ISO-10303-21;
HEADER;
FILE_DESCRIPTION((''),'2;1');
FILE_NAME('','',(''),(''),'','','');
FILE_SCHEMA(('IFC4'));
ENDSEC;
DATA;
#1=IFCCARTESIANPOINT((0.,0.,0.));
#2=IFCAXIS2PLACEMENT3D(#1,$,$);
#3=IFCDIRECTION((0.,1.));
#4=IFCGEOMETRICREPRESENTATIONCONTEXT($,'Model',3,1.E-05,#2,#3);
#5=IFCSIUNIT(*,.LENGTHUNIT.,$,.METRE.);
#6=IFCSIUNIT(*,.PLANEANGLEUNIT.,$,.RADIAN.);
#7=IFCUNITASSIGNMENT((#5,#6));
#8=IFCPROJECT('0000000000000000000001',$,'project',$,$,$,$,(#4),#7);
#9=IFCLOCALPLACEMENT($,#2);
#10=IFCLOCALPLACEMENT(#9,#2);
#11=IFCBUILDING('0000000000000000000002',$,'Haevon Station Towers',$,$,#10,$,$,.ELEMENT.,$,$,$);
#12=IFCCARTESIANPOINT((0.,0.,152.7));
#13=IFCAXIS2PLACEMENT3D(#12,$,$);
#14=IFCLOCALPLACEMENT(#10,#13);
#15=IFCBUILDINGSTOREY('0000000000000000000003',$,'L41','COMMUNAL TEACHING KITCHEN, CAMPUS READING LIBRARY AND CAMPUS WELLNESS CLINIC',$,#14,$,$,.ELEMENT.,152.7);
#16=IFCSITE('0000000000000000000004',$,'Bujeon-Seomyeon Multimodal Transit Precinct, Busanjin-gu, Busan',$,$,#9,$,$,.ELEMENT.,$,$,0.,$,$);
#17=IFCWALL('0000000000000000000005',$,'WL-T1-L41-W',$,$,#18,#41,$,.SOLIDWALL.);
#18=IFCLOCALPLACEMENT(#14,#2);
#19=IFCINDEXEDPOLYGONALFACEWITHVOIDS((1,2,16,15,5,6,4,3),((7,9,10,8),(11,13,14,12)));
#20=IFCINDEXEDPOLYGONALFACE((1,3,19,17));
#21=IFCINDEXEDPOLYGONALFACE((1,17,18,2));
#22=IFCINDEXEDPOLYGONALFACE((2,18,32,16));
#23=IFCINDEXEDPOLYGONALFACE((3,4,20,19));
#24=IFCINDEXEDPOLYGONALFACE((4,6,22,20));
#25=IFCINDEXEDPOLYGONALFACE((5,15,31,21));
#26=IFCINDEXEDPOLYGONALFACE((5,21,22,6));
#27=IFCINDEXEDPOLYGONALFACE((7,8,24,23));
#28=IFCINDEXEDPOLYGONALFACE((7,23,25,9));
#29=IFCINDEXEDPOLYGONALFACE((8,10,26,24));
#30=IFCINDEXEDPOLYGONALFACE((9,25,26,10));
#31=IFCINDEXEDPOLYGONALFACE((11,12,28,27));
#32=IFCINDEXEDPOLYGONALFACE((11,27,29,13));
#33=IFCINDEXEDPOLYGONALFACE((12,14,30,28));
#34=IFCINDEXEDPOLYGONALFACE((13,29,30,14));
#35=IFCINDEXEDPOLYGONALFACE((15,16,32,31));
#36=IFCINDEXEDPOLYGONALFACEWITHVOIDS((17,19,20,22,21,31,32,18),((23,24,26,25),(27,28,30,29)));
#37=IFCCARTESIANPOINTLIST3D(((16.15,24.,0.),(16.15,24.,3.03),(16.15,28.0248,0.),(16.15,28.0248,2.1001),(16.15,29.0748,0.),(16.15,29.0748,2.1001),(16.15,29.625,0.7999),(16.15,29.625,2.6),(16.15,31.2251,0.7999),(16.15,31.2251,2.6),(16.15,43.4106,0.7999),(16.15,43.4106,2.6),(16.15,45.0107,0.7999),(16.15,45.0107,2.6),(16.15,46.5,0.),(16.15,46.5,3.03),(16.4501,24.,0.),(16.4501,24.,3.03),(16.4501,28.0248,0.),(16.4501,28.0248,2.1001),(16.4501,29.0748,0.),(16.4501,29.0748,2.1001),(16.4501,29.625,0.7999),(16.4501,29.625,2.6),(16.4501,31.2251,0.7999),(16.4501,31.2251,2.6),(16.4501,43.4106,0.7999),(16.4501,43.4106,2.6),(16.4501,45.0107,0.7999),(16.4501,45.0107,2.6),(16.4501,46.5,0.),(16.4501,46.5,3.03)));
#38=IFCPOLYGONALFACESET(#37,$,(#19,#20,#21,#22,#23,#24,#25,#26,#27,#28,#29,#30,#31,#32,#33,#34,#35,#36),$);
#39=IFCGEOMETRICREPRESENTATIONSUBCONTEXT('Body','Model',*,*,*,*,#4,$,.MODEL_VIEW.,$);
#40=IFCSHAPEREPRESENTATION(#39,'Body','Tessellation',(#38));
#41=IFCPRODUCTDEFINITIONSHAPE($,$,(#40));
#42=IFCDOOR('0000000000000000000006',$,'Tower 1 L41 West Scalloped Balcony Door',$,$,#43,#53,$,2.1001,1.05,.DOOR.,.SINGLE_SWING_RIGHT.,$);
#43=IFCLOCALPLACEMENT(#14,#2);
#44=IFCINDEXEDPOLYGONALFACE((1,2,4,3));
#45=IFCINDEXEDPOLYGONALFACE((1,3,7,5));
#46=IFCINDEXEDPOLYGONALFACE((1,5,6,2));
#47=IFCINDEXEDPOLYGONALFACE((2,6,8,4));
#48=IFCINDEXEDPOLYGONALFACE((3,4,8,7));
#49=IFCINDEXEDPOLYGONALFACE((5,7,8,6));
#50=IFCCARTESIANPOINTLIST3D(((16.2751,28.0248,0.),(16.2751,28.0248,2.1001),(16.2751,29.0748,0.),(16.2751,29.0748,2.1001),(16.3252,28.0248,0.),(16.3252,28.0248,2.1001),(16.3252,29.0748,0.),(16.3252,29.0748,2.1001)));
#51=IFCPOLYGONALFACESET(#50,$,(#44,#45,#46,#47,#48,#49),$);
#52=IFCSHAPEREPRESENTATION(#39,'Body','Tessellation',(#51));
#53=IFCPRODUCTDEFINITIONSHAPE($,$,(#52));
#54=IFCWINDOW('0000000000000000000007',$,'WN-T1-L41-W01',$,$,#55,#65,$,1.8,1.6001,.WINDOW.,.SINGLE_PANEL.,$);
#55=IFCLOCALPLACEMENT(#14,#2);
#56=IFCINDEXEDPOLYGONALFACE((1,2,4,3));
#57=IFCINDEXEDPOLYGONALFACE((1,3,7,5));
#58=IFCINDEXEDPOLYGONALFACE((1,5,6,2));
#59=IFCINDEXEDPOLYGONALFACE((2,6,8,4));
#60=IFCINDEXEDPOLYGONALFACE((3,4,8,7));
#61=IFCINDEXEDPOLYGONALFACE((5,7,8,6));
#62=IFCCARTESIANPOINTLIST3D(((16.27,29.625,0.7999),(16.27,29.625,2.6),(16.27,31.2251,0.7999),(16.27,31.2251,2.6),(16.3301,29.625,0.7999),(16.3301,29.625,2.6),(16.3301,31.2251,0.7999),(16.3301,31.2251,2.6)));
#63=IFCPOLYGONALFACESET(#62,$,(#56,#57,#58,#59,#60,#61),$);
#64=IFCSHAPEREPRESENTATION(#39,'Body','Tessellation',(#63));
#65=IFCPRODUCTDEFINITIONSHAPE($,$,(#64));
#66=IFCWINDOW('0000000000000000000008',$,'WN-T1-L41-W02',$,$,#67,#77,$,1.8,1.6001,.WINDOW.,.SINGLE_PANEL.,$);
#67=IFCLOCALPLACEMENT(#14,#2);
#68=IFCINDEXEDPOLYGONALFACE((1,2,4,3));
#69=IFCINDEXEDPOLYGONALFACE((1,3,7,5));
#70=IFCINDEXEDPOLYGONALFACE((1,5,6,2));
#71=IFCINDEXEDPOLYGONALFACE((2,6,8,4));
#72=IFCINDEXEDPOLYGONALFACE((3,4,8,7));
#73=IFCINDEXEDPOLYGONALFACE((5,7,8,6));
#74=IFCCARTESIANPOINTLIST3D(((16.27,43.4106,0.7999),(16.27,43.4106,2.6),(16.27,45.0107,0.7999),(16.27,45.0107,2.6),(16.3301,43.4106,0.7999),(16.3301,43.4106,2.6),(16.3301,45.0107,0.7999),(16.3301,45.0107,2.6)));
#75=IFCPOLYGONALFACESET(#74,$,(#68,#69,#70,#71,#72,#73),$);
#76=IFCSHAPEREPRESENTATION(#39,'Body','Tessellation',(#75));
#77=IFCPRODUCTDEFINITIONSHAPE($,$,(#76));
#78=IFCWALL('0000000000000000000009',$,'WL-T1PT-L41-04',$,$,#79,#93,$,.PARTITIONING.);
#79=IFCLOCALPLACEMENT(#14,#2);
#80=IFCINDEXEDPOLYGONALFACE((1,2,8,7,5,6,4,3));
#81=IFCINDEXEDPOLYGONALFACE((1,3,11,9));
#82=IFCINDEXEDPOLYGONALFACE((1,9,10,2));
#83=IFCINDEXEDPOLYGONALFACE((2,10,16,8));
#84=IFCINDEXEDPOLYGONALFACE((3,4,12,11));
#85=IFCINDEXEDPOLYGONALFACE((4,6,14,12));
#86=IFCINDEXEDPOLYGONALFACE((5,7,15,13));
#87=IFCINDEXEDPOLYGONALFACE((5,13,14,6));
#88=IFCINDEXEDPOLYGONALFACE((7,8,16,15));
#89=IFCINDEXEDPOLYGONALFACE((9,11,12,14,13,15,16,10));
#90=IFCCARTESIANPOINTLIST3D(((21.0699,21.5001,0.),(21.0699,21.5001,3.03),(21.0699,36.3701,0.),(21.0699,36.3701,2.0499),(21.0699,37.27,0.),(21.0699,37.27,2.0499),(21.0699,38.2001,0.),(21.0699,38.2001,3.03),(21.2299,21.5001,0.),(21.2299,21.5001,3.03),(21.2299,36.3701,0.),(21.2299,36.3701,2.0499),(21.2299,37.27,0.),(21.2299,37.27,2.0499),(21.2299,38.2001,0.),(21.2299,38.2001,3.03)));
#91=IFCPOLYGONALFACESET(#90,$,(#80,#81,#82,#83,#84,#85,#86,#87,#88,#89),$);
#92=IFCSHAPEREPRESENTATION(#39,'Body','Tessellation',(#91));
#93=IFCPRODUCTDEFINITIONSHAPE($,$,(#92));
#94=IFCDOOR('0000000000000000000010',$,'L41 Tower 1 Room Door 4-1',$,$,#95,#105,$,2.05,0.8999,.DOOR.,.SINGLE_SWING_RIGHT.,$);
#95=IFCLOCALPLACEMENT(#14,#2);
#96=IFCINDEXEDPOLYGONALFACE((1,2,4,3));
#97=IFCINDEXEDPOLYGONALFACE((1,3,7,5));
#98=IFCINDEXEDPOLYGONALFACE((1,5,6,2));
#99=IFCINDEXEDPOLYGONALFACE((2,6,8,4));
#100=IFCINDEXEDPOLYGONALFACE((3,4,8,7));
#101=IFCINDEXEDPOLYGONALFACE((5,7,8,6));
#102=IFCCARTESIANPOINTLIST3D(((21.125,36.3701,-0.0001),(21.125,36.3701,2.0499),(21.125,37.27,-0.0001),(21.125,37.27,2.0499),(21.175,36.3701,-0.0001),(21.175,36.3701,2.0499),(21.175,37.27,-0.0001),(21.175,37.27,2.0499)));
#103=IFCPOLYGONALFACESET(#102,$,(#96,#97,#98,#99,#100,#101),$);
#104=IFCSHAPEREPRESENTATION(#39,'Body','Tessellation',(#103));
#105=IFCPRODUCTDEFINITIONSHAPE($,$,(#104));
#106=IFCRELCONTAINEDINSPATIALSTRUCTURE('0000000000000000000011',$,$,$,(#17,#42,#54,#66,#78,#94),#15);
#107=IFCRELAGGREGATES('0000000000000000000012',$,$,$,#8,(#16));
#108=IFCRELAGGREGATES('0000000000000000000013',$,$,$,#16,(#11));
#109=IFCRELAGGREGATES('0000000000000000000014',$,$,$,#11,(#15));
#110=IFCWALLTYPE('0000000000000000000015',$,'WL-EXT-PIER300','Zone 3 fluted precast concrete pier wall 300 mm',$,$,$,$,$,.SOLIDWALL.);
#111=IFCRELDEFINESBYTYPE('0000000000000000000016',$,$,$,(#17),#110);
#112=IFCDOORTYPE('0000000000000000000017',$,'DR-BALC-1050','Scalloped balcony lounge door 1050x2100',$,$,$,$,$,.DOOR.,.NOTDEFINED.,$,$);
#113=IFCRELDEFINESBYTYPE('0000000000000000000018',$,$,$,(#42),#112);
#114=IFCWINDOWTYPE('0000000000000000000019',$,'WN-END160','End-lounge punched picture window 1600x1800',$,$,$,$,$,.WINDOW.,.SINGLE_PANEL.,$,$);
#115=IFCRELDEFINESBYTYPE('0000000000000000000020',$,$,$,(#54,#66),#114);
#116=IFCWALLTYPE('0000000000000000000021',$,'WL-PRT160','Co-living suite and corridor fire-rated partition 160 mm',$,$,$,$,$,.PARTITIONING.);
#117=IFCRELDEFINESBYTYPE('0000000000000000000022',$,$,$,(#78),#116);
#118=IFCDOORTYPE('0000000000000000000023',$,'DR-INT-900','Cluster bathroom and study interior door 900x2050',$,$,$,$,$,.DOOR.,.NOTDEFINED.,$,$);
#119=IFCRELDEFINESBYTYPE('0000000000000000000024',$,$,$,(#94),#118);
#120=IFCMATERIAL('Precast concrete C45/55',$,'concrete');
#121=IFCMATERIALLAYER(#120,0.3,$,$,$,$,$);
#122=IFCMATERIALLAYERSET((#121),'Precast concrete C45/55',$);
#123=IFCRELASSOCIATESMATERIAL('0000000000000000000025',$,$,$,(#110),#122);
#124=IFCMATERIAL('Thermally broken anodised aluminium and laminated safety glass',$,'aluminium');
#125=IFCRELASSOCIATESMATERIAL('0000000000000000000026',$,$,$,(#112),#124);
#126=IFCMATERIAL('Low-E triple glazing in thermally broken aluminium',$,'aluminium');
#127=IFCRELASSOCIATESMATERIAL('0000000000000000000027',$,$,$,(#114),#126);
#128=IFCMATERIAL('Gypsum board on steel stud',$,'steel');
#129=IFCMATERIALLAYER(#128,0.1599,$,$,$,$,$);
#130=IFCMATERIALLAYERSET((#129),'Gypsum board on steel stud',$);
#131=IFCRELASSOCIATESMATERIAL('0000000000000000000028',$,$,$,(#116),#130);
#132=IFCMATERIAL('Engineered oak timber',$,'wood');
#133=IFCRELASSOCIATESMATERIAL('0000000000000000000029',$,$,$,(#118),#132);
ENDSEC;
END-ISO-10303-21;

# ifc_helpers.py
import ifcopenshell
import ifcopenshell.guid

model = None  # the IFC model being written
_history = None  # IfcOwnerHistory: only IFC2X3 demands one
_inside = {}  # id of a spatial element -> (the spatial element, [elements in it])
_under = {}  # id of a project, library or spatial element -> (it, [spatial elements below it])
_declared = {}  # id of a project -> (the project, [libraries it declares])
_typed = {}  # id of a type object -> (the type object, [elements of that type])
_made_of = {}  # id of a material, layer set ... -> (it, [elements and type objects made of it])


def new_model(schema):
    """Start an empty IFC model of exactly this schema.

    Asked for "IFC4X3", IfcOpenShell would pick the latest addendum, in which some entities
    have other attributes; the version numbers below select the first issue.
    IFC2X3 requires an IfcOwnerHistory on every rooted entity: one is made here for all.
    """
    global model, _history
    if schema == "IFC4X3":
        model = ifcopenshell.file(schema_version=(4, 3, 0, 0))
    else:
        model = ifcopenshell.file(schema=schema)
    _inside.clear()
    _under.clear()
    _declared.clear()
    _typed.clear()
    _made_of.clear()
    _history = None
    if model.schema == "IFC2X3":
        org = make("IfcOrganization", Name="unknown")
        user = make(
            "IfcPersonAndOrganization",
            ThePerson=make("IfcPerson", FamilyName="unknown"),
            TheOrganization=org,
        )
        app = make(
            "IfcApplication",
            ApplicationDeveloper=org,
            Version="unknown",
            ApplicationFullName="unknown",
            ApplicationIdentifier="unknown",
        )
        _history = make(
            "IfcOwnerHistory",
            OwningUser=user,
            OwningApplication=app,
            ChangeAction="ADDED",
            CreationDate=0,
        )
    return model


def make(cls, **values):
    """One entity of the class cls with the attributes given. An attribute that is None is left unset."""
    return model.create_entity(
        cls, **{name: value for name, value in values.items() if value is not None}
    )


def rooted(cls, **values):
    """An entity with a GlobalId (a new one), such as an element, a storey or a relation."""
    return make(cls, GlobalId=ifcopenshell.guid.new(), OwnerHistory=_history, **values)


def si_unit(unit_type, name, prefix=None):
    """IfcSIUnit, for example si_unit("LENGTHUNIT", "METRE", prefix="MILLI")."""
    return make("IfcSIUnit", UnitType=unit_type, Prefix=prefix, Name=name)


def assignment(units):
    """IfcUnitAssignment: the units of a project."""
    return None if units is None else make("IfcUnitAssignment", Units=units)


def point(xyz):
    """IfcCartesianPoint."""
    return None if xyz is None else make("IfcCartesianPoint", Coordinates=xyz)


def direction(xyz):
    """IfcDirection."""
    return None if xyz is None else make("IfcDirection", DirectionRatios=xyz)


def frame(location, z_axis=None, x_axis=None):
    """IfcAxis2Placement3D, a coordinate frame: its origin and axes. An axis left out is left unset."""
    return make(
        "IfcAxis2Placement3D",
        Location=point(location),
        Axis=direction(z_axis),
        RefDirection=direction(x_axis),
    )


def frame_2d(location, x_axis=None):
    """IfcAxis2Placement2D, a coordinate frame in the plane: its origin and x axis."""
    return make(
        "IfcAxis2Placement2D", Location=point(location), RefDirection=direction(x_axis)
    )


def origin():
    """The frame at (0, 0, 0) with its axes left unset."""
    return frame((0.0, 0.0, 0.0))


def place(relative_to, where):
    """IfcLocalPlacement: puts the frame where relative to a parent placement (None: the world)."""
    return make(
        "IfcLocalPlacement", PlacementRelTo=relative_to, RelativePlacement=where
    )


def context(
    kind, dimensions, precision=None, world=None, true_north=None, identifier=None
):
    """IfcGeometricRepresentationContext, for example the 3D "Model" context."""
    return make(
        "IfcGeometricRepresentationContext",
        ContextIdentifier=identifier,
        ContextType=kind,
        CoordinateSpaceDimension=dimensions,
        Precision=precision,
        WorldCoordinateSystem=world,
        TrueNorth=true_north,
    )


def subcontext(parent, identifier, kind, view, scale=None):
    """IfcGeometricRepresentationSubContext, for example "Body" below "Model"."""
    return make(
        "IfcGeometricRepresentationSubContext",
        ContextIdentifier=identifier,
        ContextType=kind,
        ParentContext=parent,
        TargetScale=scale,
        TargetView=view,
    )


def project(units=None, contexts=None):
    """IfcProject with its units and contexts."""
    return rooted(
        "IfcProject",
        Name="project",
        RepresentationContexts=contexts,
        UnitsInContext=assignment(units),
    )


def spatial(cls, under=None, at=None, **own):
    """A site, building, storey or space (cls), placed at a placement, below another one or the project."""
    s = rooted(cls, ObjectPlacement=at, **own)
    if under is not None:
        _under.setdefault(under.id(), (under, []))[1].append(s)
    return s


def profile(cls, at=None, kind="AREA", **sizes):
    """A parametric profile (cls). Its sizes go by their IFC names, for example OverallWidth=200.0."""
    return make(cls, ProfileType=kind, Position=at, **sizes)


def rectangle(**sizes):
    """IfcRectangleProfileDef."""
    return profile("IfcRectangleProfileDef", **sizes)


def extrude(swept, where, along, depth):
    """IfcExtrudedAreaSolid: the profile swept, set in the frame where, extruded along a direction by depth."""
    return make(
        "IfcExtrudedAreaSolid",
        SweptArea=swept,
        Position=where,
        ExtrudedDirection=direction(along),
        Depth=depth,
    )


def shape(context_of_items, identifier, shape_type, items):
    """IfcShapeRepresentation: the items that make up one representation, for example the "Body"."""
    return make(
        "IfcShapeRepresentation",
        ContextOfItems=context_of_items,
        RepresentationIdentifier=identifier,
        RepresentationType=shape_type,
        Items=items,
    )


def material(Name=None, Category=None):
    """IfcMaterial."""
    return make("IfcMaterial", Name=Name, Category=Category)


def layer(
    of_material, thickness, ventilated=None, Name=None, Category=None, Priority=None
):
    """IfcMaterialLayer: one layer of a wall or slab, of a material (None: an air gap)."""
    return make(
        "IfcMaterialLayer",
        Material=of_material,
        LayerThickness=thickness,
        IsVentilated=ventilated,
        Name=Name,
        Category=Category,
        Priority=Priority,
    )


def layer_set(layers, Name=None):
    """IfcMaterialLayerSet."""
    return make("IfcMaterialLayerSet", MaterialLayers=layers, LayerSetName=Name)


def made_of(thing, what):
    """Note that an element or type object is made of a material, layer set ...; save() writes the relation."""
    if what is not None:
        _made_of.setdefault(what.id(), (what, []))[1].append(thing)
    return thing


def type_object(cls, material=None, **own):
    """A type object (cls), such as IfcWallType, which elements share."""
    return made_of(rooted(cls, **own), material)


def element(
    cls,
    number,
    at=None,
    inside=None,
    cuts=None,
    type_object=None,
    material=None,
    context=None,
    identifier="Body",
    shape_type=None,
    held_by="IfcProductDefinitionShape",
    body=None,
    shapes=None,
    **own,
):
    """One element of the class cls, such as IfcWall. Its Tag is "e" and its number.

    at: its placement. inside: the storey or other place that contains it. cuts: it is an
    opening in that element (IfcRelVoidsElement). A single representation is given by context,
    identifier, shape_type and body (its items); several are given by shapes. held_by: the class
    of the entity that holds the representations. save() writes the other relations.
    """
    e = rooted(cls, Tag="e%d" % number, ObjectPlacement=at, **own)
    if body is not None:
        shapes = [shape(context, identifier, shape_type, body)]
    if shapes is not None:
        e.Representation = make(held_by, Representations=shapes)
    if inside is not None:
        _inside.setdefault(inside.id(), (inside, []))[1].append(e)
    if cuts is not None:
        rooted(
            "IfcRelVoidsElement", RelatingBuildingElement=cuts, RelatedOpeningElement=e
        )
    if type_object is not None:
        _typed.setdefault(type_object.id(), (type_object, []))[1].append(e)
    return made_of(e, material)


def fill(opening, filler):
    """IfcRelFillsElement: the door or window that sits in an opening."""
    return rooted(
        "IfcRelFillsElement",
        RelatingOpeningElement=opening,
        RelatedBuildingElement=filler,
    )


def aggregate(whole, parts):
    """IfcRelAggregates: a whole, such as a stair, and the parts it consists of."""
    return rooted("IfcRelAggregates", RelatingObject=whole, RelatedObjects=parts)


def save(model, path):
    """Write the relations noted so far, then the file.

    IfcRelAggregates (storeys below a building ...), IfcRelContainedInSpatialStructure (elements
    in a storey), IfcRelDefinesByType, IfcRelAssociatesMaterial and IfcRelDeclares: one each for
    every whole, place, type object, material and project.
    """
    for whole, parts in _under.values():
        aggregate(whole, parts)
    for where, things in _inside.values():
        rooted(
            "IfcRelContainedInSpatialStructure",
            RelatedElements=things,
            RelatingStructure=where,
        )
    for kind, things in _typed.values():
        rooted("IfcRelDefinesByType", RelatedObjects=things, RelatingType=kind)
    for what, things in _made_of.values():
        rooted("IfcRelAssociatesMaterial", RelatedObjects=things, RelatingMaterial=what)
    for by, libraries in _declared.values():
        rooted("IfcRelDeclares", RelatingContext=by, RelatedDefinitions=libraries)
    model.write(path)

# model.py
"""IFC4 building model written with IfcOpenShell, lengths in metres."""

from ifc_helpers import new_model, si_unit, direction, frame, frame_2d, origin, place, context, subcontext, project, spatial, rectangle, extrude, material, layer, layer_set, type_object, element, fill, save


model = new_model("IFC4")

# Units and contexts
model_context = context("Model", 3, precision=1e-05, world=origin(), true_north=direction((0.0, 1.0)))
body_context = subcontext(model_context, "Body", "Model", "MODEL_VIEW")
ifc_project = project(units=[si_unit("LENGTHUNIT", "METRE"), si_unit("PLANEANGLEUNIT", "RADIAN")], contexts=[model_context])

# Site, building, storey
site_placement = place(None, origin())
site = spatial("IfcSite", under=ifc_project, at=site_placement, Name="Bujeon-Seomyeon Multimodal Transit Precinct, Busanjin-gu, Busan", CompositionType="ELEMENT", RefElevation=0.0)
building_placement = place(site_placement, origin())
building = spatial("IfcBuilding", under=site, at=building_placement, Name="Haevon Station Towers", CompositionType="ELEMENT")
storey_placement = place(building_placement, frame((0.0, 0.0, 152.7)))
storey = spatial("IfcBuildingStorey", under=building, at=storey_placement, Name="L41", Description="COMMUNAL TEACHING KITCHEN, CAMPUS READING LIBRARY AND CAMPUS WELLNESS CLINIC", CompositionType="ELEMENT", Elevation=152.7)

# Shared definitions
ifc_material_1 = material(Name="Gypsum board on steel stud", Category="steel")
ifc_material_2 = material(Name="Precast concrete C45/55", Category="concrete")
ifc_layer_1 = layer(ifc_material_2, 0.3)
ifc_layer_set_1 = layer_set([ifc_layer_1], Name="Precast concrete C45/55")
wall_type_1 = type_object("IfcWallType", Name="WL-EXT-PIER300", Description="Zone 3 fluted precast concrete pier wall 300 mm", PredefinedType="SOLIDWALL", material=ifc_layer_set_1)

# Wall, openings, door, windows
wall_1_placement = place(storey_placement, frame((16.3, 24.0, 0.0), z_axis=(0.0, 0.0, 1.0), x_axis=(0.0, 1.0, 0.0)))
wall_1 = element("IfcWall", 1, at=wall_1_placement, inside=storey, type_object=wall_type_1, Name="WL-T1-L41-W", PredefinedType="SOLIDWALL", context=body_context, shape_type="SweptSolid", body=[
    extrude(rectangle(XDim=22.5, YDim=0.3, at=frame_2d((11.25, 0.0))), origin(), (0.0, 0.0, 1.0), 3.03),
])
opening_1_placement = place(wall_1_placement, frame((4.0249, 0.0, 0.0)))
opening_1 = element("IfcOpeningElement", 2, at=opening_1_placement, cuts=wall_1, PredefinedType="OPENING", context=body_context, shape_type="SweptSolid", body=[
    extrude(rectangle(XDim=1.05, YDim=2.1001, at=frame_2d((0.5249, 1.05))), frame((0.0, 0.1599, 0.0), z_axis=(0.0, -1.0, 0.0), x_axis=(1.0, 0.0, 0.0)), (0.0, 0.0, 1.0), 0.3201),
])
opening_2_placement = place(wall_1_placement, frame((5.625, 0.0, 0.8)))
opening_2 = element("IfcOpeningElement", 3, at=opening_2_placement, cuts=wall_1, PredefinedType="OPENING", context=body_context, shape_type="SweptSolid", body=[
    extrude(rectangle(XDim=1.6001, YDim=1.8, at=frame_2d((0.8, 0.8999))), frame((0.0, 0.1599, 0.0), z_axis=(0.0, -1.0, 0.0), x_axis=(1.0, 0.0, 0.0)), (0.0, 0.0, 1.0), 0.3201),
])
opening_3_placement = place(wall_1_placement, frame((19.4106, 0.0, 0.8)))
opening_3 = element("IfcOpeningElement", 4, at=opening_3_placement, cuts=wall_1, PredefinedType="OPENING", context=body_context, shape_type="SweptSolid", body=[
    extrude(rectangle(XDim=1.6001, YDim=1.8, at=frame_2d((0.8, 0.8999))), frame((0.0, 0.1599, 0.0), z_axis=(0.0, -1.0, 0.0), x_axis=(1.0, 0.0, 0.0)), (0.0, 0.0, 1.0), 0.3201),
])
ifc_material_3 = material(Name="Thermally broken anodised aluminium and laminated safety glass", Category="aluminium")
door_type_1 = type_object("IfcDoorType", Name="DR-BALC-1050", Description="Scalloped balcony lounge door 1050x2100", OperationType="NOTDEFINED", PredefinedType="DOOR", material=ifc_material_3)
door_1_placement = place(opening_1_placement, origin())
door_1 = element("IfcDoor", 5, at=door_1_placement, inside=storey, type_object=door_type_1, Name="Tower 1 L41 West Scalloped Balcony Door", OperationType="SINGLE_SWING_RIGHT", OverallHeight=2.1001, OverallWidth=1.05, PredefinedType="DOOR", context=body_context, shape_type="SweptSolid", body=[
    extrude(rectangle(XDim=1.05, YDim=2.1001, at=frame_2d((0.5249, 1.05))), frame((0.0, 0.0249, 0.0), z_axis=(0.0, -1.0, 0.0), x_axis=(1.0, 0.0, 0.0)), (0.0, 0.0, 1.0), 0.05),
])
fill(opening_1, door_1)
ifc_material_4 = material(Name="Low-E triple glazing in thermally broken aluminium", Category="aluminium")
window_type = type_object("IfcWindowType", Name="WN-END160", Description="End-lounge punched picture window 1600x1800", PartitioningType="SINGLE_PANEL", PredefinedType="WINDOW", material=ifc_material_4)
window_1_placement = place(opening_2_placement, origin())
window_1 = element("IfcWindow", 6, at=window_1_placement, inside=storey, type_object=window_type, Name="WN-T1-L41-W01", OverallHeight=1.8, OverallWidth=1.6001, PartitioningType="SINGLE_PANEL", PredefinedType="WINDOW", context=body_context, shape_type="SweptSolid", body=[
    extrude(rectangle(XDim=1.6001, YDim=1.8, at=frame_2d((0.8, 0.8999))), frame((0.0, 0.03, 0.0), z_axis=(0.0, -1.0, 0.0), x_axis=(1.0, 0.0, 0.0)), (0.0, 0.0, 1.0), 0.0601),
])
fill(opening_2, window_1)
window_2_placement = place(opening_3_placement, origin())
window_2 = element("IfcWindow", 7, at=window_2_placement, inside=storey, type_object=window_type, Name="WN-T1-L41-W02", OverallHeight=1.8, OverallWidth=1.6001, PartitioningType="SINGLE_PANEL", PredefinedType="WINDOW", context=body_context, shape_type="SweptSolid", body=[
    extrude(rectangle(XDim=1.6001, YDim=1.8, at=frame_2d((0.8, 0.8999))), frame((0.0, 0.03, 0.0), z_axis=(0.0, -1.0, 0.0), x_axis=(1.0, 0.0, 0.0)), (0.0, 0.0, 1.0), 0.0601),
])
fill(opening_3, window_2)

# Wall, opening, door
ifc_layer_2 = layer(ifc_material_1, 0.1599)
ifc_layer_set_2 = layer_set([ifc_layer_2], Name="Gypsum board on steel stud")
wall_type_2 = type_object("IfcWallType", Name="WL-PRT160", Description="Co-living suite and corridor fire-rated partition 160 mm", PredefinedType="PARTITIONING", material=ifc_layer_set_2)
wall_2_placement = place(storey_placement, frame((21.1499, 21.5, 0.0), z_axis=(0.0, 0.0, 1.0), x_axis=(0.0, 1.0, 0.0)))
wall_2 = element("IfcWall", 8, at=wall_2_placement, inside=storey, type_object=wall_type_2, Name="WL-T1PT-L41-04", PredefinedType="PARTITIONING", context=body_context, shape_type="SweptSolid", body=[
    extrude(rectangle(XDim=16.7, YDim=0.1599, at=frame_2d((8.3501, 0.0))), origin(), (0.0, 0.0, 1.0), 3.03),
])
opening_4_placement = place(wall_2_placement, frame((14.8701, 0.0, 0.0)))
opening_4 = element("IfcOpeningElement", 9, at=opening_4_placement, cuts=wall_2, PredefinedType="OPENING", context=body_context, shape_type="SweptSolid", body=[
    extrude(rectangle(XDim=0.8999, YDim=2.05, at=frame_2d((0.45, 1.0249))), frame((0.0, 0.0898, 0.0), z_axis=(0.0, -1.0, 0.0), x_axis=(1.0, 0.0, 0.0)), (0.0, 0.0, 1.0), 0.1799),
])
ifc_material_5 = material(Name="Engineered oak timber", Category="wood")
door_type_2 = type_object("IfcDoorType", Name="DR-INT-900", Description="Cluster bathroom and study interior door 900x2050", OperationType="NOTDEFINED", PredefinedType="DOOR", material=ifc_material_5)
door_2_placement = place(opening_4_placement, origin())
door_2 = element("IfcDoor", 10, at=door_2_placement, inside=storey, type_object=door_type_2, Name="L41 Tower 1 Room Door 4-1", OperationType="SINGLE_SWING_RIGHT", OverallHeight=2.05, OverallWidth=0.8999, PredefinedType="DOOR", context=body_context, shape_type="SweptSolid", body=[
    extrude(rectangle(XDim=0.8999, YDim=2.05, at=frame_2d((0.45, 1.0249))), frame((0.0, 0.0249, 0.0), z_axis=(0.0, -1.0, 0.0), x_axis=(1.0, 0.0, 0.0)), (0.0, 0.0, 1.0), 0.05),
])
fill(opening_4, door_2)

save(model, "model.ifc")
